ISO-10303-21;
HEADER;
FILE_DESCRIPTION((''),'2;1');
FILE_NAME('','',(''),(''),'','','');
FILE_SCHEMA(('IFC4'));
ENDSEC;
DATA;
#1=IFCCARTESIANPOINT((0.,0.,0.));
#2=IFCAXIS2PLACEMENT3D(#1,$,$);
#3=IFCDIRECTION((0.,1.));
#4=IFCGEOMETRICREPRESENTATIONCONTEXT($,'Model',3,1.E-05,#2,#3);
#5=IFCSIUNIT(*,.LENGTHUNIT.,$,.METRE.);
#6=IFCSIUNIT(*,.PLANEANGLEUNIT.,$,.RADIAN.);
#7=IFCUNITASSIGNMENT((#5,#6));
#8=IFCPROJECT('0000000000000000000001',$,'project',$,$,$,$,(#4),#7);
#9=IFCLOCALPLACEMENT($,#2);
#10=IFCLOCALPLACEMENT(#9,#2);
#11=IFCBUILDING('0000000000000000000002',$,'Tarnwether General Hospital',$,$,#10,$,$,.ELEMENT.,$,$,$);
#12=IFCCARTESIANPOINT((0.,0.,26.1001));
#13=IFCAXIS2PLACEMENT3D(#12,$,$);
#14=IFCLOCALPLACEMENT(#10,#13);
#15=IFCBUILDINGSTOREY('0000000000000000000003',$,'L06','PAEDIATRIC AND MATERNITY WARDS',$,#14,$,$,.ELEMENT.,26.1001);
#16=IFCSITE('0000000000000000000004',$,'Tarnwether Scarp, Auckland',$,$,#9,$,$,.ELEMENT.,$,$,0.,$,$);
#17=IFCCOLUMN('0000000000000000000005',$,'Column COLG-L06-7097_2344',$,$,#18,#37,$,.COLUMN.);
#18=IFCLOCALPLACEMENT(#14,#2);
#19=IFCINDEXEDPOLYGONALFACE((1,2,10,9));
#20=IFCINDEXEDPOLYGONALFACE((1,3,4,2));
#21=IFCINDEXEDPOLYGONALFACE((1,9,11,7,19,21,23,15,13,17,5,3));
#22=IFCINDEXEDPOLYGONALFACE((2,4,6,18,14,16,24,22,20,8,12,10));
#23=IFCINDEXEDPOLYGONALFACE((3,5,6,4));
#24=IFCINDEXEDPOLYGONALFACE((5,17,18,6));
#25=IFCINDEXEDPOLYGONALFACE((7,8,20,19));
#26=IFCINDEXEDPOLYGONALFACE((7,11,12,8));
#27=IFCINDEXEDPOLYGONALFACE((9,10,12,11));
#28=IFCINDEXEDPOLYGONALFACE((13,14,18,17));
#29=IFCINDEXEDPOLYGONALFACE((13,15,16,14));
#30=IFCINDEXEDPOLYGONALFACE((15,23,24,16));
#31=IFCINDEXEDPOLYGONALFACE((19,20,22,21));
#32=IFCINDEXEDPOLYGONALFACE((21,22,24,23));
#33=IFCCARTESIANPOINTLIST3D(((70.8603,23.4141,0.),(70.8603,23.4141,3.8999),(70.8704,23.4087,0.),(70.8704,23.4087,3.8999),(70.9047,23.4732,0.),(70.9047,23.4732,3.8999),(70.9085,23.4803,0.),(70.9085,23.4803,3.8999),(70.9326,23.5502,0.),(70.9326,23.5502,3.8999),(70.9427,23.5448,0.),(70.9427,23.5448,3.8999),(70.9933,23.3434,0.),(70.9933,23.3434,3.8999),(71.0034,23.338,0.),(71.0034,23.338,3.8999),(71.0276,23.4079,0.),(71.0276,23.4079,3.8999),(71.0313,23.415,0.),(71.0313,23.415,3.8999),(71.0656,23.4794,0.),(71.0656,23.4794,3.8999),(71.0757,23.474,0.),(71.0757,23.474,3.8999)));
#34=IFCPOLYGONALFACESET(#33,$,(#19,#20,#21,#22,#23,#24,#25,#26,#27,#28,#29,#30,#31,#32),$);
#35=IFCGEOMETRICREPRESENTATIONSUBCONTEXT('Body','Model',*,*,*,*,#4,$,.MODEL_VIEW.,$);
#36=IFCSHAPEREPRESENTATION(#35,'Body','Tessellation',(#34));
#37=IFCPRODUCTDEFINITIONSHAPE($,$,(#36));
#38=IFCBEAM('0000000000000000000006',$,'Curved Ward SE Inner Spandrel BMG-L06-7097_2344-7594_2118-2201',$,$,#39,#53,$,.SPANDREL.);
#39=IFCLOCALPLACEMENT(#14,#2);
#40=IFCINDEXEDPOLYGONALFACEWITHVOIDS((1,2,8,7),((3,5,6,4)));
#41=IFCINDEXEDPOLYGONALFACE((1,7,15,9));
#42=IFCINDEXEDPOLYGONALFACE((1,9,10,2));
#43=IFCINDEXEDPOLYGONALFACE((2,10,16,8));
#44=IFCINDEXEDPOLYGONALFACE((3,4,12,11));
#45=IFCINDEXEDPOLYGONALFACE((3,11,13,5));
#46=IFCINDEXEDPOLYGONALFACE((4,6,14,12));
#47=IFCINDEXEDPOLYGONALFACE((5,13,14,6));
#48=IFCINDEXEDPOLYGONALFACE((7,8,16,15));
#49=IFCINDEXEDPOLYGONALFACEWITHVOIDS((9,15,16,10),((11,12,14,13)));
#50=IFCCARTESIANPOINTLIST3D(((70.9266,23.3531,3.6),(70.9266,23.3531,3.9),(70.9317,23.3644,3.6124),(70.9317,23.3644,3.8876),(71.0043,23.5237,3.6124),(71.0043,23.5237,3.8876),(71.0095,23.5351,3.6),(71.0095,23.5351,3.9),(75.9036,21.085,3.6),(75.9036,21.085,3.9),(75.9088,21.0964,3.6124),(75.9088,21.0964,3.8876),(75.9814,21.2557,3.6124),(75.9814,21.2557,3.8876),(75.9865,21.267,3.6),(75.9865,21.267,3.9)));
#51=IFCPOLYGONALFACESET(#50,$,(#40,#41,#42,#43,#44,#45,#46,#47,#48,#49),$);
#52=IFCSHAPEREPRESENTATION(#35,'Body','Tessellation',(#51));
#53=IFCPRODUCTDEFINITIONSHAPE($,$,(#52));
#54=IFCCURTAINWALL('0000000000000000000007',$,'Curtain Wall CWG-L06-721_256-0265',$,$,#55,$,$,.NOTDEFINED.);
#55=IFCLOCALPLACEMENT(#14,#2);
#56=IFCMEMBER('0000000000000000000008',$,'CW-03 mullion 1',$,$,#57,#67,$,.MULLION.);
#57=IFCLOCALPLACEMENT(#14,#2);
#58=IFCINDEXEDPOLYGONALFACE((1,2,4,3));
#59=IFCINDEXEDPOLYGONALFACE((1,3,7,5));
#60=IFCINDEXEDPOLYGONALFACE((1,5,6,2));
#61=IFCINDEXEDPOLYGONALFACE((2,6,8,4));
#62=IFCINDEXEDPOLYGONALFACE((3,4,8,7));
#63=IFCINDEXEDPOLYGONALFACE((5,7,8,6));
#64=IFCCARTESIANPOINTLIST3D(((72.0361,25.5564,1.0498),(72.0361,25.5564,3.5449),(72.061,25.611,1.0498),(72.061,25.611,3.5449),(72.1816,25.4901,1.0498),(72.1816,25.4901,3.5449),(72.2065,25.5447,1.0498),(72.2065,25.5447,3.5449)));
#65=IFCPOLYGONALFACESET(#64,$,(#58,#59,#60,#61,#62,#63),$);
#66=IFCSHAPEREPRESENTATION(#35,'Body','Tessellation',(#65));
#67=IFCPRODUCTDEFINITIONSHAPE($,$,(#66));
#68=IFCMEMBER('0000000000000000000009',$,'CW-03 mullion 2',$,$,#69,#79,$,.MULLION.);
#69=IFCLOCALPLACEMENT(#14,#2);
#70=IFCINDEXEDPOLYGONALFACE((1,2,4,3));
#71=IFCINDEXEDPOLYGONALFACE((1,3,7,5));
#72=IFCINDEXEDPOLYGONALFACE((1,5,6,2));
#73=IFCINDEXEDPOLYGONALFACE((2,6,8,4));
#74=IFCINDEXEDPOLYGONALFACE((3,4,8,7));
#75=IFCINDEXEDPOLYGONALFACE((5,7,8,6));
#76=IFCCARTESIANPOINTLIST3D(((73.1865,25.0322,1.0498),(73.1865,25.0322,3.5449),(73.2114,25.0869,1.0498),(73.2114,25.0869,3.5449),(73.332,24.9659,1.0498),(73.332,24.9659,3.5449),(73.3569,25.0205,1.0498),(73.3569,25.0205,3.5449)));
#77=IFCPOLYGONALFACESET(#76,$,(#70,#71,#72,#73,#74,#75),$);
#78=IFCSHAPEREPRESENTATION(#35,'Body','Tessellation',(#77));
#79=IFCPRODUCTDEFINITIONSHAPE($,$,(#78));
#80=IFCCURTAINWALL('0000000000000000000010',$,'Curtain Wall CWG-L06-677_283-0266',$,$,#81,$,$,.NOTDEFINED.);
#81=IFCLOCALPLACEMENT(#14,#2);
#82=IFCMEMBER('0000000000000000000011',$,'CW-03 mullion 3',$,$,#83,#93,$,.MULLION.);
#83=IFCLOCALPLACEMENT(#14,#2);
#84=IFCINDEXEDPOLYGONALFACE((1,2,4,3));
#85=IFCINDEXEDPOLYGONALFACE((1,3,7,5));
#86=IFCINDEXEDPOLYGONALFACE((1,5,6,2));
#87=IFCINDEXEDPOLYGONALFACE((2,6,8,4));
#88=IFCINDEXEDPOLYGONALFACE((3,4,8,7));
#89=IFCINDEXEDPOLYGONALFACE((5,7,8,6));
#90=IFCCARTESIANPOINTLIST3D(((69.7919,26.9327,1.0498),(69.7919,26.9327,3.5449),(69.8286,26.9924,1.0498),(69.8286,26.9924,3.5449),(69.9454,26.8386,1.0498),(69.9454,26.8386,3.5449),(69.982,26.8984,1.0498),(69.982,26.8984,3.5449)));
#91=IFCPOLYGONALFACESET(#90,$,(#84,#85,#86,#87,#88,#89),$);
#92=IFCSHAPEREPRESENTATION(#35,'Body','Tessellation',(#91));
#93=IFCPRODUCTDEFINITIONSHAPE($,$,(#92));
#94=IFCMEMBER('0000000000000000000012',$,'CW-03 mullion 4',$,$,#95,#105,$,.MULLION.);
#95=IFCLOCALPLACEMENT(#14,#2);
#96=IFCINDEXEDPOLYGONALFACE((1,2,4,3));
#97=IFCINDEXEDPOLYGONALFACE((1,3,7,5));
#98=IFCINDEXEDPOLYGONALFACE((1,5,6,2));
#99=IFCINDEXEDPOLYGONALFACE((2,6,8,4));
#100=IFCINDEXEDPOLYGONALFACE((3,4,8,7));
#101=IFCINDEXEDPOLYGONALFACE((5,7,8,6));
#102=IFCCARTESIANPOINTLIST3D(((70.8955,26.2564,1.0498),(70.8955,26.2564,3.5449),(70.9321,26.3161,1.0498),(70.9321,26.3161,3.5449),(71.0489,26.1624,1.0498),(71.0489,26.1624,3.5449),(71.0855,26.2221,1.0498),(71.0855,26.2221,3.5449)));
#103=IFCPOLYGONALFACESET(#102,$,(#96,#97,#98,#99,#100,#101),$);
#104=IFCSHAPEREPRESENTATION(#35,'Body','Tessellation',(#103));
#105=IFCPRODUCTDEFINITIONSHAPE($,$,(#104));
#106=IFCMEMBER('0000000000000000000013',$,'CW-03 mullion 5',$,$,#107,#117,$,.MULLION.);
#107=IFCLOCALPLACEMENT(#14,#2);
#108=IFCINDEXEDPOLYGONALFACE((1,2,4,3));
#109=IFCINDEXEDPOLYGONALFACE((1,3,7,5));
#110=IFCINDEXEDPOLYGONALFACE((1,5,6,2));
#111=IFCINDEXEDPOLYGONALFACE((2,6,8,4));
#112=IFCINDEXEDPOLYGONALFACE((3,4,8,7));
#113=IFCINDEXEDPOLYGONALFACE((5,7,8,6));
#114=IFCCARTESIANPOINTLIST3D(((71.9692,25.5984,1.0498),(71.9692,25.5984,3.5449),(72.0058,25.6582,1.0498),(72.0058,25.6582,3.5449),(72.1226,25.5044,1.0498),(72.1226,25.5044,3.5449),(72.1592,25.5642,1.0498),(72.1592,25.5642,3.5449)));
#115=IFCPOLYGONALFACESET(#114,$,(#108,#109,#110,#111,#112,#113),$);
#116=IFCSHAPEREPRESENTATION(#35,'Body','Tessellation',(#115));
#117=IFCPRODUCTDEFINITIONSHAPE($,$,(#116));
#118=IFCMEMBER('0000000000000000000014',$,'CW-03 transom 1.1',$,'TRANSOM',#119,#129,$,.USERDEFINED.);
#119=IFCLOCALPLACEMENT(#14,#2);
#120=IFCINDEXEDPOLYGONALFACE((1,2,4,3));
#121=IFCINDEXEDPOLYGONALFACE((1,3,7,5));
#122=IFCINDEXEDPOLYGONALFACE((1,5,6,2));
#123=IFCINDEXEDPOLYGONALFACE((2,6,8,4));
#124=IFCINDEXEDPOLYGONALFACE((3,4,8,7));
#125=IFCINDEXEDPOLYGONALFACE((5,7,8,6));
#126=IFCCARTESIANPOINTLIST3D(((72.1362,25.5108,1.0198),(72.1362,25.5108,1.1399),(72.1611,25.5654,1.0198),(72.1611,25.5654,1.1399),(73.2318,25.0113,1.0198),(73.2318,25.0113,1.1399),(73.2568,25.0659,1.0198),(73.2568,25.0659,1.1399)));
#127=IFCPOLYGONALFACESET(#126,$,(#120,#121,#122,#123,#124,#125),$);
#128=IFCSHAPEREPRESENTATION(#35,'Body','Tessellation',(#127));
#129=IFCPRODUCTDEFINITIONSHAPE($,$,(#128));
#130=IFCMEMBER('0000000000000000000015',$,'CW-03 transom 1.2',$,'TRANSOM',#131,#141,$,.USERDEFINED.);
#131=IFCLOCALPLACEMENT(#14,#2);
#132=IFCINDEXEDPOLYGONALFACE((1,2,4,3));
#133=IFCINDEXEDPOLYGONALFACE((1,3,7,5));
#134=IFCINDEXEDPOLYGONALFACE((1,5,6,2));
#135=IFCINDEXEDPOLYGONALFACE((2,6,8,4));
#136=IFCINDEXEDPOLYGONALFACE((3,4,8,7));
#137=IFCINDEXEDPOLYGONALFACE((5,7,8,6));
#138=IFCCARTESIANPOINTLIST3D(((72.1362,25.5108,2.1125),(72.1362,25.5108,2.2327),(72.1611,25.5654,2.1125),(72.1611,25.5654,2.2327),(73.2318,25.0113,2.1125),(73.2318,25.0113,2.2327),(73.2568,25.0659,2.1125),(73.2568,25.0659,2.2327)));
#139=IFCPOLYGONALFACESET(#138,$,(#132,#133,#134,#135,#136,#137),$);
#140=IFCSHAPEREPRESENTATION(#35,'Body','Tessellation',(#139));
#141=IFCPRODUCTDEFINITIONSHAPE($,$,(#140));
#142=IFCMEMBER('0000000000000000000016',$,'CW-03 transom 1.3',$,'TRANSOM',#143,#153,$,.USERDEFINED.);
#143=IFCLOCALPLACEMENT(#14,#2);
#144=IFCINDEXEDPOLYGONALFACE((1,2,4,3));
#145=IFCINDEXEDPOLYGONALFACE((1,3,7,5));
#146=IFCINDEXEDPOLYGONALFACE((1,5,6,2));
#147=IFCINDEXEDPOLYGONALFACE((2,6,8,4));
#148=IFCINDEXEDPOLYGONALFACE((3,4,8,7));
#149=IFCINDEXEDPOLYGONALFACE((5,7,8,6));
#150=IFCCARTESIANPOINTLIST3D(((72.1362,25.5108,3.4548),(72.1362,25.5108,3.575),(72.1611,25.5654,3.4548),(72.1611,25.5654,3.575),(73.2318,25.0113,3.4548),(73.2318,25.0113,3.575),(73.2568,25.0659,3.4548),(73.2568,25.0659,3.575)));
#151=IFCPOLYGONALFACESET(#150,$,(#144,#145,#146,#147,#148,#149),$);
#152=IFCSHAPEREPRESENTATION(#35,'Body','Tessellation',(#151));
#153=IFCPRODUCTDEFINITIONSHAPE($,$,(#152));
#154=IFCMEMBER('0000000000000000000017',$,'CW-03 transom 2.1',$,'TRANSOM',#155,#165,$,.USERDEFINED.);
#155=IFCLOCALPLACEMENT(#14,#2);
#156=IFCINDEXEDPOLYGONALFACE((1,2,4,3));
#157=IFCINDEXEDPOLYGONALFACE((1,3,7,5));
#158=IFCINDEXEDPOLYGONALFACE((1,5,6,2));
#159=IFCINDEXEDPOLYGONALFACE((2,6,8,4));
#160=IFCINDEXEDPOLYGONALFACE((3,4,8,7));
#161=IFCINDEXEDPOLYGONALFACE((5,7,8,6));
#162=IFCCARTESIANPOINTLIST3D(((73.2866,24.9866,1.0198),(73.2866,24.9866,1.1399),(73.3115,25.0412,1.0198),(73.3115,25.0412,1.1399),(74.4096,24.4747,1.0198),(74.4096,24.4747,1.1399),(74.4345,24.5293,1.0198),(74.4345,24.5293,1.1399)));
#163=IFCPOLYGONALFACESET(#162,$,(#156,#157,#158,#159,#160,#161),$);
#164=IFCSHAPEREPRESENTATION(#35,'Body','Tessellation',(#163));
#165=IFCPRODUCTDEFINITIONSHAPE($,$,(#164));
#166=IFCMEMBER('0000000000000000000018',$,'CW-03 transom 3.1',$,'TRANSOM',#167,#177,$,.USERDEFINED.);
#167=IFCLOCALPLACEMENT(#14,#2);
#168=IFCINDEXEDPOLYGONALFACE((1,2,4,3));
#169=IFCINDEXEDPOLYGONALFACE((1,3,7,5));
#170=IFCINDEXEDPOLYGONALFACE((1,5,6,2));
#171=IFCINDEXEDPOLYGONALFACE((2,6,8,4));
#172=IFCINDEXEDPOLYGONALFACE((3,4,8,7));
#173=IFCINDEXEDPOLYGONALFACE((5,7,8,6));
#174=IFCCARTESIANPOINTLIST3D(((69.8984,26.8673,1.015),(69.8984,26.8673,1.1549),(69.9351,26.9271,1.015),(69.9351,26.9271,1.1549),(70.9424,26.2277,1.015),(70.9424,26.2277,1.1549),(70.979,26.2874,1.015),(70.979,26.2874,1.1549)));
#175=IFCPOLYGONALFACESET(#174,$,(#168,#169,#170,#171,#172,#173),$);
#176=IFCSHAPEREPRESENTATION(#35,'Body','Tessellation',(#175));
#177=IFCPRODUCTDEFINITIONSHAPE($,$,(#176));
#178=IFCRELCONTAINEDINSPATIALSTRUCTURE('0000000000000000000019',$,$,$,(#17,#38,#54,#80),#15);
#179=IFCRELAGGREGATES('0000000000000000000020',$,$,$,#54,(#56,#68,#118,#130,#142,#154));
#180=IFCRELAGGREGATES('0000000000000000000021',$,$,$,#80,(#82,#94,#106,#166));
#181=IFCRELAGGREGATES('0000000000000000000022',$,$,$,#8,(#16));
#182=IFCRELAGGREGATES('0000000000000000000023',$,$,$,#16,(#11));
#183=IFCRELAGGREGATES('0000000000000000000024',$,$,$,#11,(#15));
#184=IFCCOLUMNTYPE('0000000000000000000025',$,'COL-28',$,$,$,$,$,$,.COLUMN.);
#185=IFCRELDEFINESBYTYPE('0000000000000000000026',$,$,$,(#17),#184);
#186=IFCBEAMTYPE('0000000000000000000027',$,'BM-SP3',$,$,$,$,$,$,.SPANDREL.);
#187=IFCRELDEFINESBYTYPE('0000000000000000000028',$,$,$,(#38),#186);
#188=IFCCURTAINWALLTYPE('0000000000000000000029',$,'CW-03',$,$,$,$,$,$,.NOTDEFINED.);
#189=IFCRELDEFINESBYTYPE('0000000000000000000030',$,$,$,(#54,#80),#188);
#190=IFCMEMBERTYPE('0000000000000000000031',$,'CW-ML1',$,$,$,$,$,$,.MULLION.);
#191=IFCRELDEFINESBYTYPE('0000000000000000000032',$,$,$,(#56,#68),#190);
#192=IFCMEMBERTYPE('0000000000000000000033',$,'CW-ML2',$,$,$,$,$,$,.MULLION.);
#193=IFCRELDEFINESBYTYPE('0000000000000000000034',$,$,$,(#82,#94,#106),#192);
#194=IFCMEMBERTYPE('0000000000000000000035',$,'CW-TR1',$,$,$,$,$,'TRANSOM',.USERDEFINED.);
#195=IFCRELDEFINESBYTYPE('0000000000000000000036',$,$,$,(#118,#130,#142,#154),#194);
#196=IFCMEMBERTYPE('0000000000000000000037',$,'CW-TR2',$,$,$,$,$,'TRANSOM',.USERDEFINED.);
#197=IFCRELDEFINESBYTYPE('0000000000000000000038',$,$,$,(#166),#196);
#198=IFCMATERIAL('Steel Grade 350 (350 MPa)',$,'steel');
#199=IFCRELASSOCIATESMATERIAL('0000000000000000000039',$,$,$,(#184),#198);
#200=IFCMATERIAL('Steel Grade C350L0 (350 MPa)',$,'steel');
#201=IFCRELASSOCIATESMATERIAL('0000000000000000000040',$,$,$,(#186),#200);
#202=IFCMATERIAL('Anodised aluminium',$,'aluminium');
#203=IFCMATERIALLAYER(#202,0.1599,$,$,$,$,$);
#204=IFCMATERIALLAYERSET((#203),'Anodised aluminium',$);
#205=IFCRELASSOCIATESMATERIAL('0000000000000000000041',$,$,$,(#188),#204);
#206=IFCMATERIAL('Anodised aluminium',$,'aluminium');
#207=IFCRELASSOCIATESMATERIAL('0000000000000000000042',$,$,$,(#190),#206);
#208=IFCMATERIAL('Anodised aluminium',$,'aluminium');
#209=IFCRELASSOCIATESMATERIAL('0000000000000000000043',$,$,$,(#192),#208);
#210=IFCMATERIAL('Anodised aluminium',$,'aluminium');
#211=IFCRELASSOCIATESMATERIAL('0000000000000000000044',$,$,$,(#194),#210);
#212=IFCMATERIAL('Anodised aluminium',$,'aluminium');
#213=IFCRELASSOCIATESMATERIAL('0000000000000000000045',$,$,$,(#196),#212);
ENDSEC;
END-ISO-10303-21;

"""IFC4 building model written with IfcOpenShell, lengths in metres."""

from ifc_helpers import new_model, si_unit, direction, frame, origin, origin_2d, place, context, subcontext, project, spatial, rectangle, hollow_rectangle, i_section, extrude, material, layer, layer_set, material_profile, profile_set, type_object, element, aggregate, save


model = new_model("IFC4")

# Units and contexts
model_context = context("Model", 3, precision=1e-05, world=origin(), true_north=direction((0.0, 1.0)))
body_context = subcontext(model_context, "Body", "Model", "MODEL_VIEW")
ifc_project = project(units=[si_unit("LENGTHUNIT", "METRE"), si_unit("PLANEANGLEUNIT", "RADIAN")], contexts=[model_context])

# Site, building, storey
site_placement = place(None, origin())
site = spatial("IfcSite", under=ifc_project, at=site_placement, Name="Tarnwether Scarp, Auckland", CompositionType="ELEMENT", RefElevation=0.0)
building_placement = place(site_placement, origin())
building = spatial("IfcBuilding", under=site, at=building_placement, Name="Tarnwether General Hospital", CompositionType="ELEMENT")
storey_placement = place(building_placement, frame((0.0, 0.0, 26.1001)))
storey = spatial("IfcBuildingStorey", under=building, at=storey_placement, Name="L06", Description="PAEDIATRIC AND MATERNITY WARDS", CompositionType="ELEMENT", Elevation=26.1001)

# Column
ifc_material_1 = material(Name="Steel Grade 350 (350 MPa)", Category="steel")
ifc_material_profile_1 = material_profile(ifc_material_1, i_section(OverallWidth=0.1541, OverallDepth=0.1621, WebThickness=0.0081, FlangeThickness=0.0115, at=origin_2d()), Name="150UC37.2")
ifc_profile_set_1 = profile_set([ifc_material_profile_1], Name="Steel Grade 350 (350 MPa)")
column_type = type_object("IfcColumnType", Name="COL-28", PredefinedType="COLUMN", material=ifc_profile_set_1)
column_placement = place(storey_placement, frame((70.968, 23.4441, 0.0), z_axis=(0.0, 0.0, 1.0), x_axis=(0.469472, 0.882948, 0.0)))
element("IfcColumn", 1, at=column_placement, inside=storey, type_object=column_type, Name="Column COLG-L06-7097_2344", PredefinedType="COLUMN", context=body_context, shape_type="SweptSolid", body=[
    extrude(i_section(OverallWidth=0.1541, OverallDepth=0.1621, WebThickness=0.0081, FlangeThickness=0.0115, at=origin_2d()), origin(), (0.0, 0.0, 1.0), 3.8999),
])

# Beam
ifc_material_2 = material(Name="Steel Grade C350L0 (350 MPa)", Category="steel")
ifc_material_profile_2 = material_profile(ifc_material_2, hollow_rectangle(XDim=0.2, YDim=0.3, WallThickness=0.0125, at=origin_2d()), Name="RHS300x200x12.5")
ifc_profile_set_2 = profile_set([ifc_material_profile_2], Name="Steel Grade C350L0 (350 MPa)")
beam_type = type_object("IfcBeamType", Name="BM-SP3", PredefinedType="SPANDREL", material=ifc_profile_set_2)
beam_placement = place(storey_placement, frame((70.968, 23.4441, 3.75), z_axis=(0.909969, -0.414677, 0.0), x_axis=(0.414677, 0.909969, 0.0)))
element("IfcBeam", 2, at=beam_placement, inside=storey, type_object=beam_type, Name="Curved Ward SE Inner Spandrel BMG-L06-7097_2344-7594_2118-2201", PredefinedType="SPANDREL", context=body_context, shape_type="SweptSolid", body=[
    extrude(hollow_rectangle(XDim=0.2, YDim=0.3, WallThickness=0.0125, at=origin_2d()), origin(), (0.0, 0.0, 1.0), 5.4695),
])

# Curtain walls, members
ifc_material_3 = material(Name="Anodised aluminium", Category="aluminium")
ifc_layer_1 = layer(ifc_material_3, 0.1599)
ifc_layer_set_1 = layer_set([ifc_layer_1], Name="Anodised aluminium")
curtain_wall_type = type_object("IfcCurtainWallType", Name="CW-03", PredefinedType="NOTDEFINED", material=ifc_layer_set_1)
curtain_wall_1_placement = place(storey_placement, origin())
curtain_wall_1 = element("IfcCurtainWall", 3, at=curtain_wall_1_placement, inside=storey, type_object=curtain_wall_type, Name="Curtain Wall CWG-L06-721_256-0265", PredefinedType="NOTDEFINED")
ifc_material_4 = material(Name="Anodised aluminium", Category="aluminium")
ifc_material_profile_3 = material_profile(ifc_material_4, rectangle(XDim=0.0601, YDim=0.1599, at=origin_2d()), Name="ALU-MUL-60x160")
ifc_profile_set_3 = profile_set([ifc_material_profile_3], Name="Anodised aluminium")
member_type_1 = type_object("IfcMemberType", Name="CW-ML1", PredefinedType="MULLION", material=ifc_profile_set_3)
member_1_placement = place(storey_placement, frame((72.1213, 25.5505, 1.0498), z_axis=(0.0, 0.0, 1.0), x_axis=(0.414705, 0.909956, 0.0)))
member_1 = element("IfcMember", 4, at=member_1_placement, type_object=member_type_1, Name="CW-03 mullion 1", PredefinedType="MULLION", context=body_context, shape_type="SweptSolid", body=[
    extrude(rectangle(XDim=0.0601, YDim=0.1599, at=origin_2d()), origin(), (0.0, 0.0, 1.0), 2.4951),
])
member_2_placement = place(storey_placement, frame((73.2717, 25.0264, 1.0498), z_axis=(0.0, 0.0, 1.0), x_axis=(0.414705, 0.909956, 0.0)))
member_2 = element("IfcMember", 5, at=member_2_placement, type_object=member_type_1, Name="CW-03 mullion 2", PredefinedType="MULLION", context=body_context, shape_type="SweptSolid", body=[
    extrude(rectangle(XDim=0.0601, YDim=0.1599, at=origin_2d()), origin(), (0.0, 0.0, 1.0), 2.4951),
])
curtain_wall_2_placement = place(storey_placement, origin())
curtain_wall_2 = element("IfcCurtainWall", 6, at=curtain_wall_2_placement, inside=storey, type_object=curtain_wall_type, Name="Curtain Wall CWG-L06-677_283-0266", PredefinedType="NOTDEFINED")
ifc_material_5 = material(Name="Anodised aluminium", Category="aluminium")
ifc_material_profile_4 = material_profile(ifc_material_5, rectangle(XDim=0.0701, YDim=0.1799, at=origin_2d()), Name="ALU-MUL-70x180")
ifc_profile_set_4 = profile_set([ifc_material_profile_4], Name="Anodised aluminium")
member_type_2 = type_object("IfcMemberType", Name="CW-ML2", PredefinedType="MULLION", material=ifc_profile_set_4)
member_3_placement = place(storey_placement, frame((69.887, 26.9155, 1.0498), z_axis=(0.0, 0.0, 1.0), x_axis=(0.522512, 0.852632, 0.0)))
member_3 = element("IfcMember", 7, at=member_3_placement, type_object=member_type_2, Name="CW-03 mullion 3", PredefinedType="MULLION", context=body_context, shape_type="SweptSolid", body=[
    extrude(rectangle(XDim=0.0701, YDim=0.1799, at=origin_2d()), origin(), (0.0, 0.0, 1.0), 2.4951),
])
member_4_placement = place(storey_placement, frame((70.9905, 26.2393, 1.0498), z_axis=(0.0, 0.0, 1.0), x_axis=(0.522512, 0.852632, 0.0)))
member_4 = element("IfcMember", 8, at=member_4_placement, type_object=member_type_2, Name="CW-03 mullion 4", PredefinedType="MULLION", context=body_context, shape_type="SweptSolid", body=[
    extrude(rectangle(XDim=0.0701, YDim=0.1799, at=origin_2d()), origin(), (0.0, 0.0, 1.0), 2.4951),
])
member_5_placement = place(storey_placement, frame((72.0642, 25.5813, 1.0498), z_axis=(0.0, 0.0, 1.0), x_axis=(0.522512, 0.852632, 0.0)))
member_5 = element("IfcMember", 9, at=member_5_placement, type_object=member_type_2, Name="CW-03 mullion 5", PredefinedType="MULLION", context=body_context, shape_type="SweptSolid", body=[
    extrude(rectangle(XDim=0.0701, YDim=0.1799, at=origin_2d()), origin(), (0.0, 0.0, 1.0), 2.4951),
])

# Members
ifc_material_6 = material(Name="Anodised aluminium", Category="aluminium")
ifc_material_profile_5 = material_profile(ifc_material_6, rectangle(XDim=0.0601, YDim=0.1201, at=origin_2d()), Name="ALU-TRN-60x120")
ifc_profile_set_5 = profile_set([ifc_material_profile_5], Name="Anodised aluminium")
member_type_3 = type_object("IfcMemberType", Name="CW-TR1", ElementType="TRANSOM", PredefinedType="USERDEFINED", material=ifc_profile_set_5)
member_6_placement = place(storey_placement, frame((72.1487, 25.5381, 1.0798), z_axis=(0.909908, -0.414811, 0.0), x_axis=(0.414811, 0.909908, 0.0)))
member_6 = element("IfcMember", 10, at=member_6_placement, type_object=member_type_3, Name="CW-03 transom 1.1", ObjectType="TRANSOM", PredefinedType="USERDEFINED", context=body_context, shape_type="SweptSolid", body=[
    extrude(rectangle(XDim=0.0601, YDim=0.1201, at=origin_2d()), origin(), (0.0, 0.0, 1.0), 1.2041),
])
member_7_placement = place(storey_placement, frame((72.1487, 25.5381, 2.1726), z_axis=(0.909908, -0.414811, 0.0), x_axis=(0.414811, 0.909908, 0.0)))
member_7 = element("IfcMember", 11, at=member_7_placement, type_object=member_type_3, Name="CW-03 transom 1.2", ObjectType="TRANSOM", PredefinedType="USERDEFINED", context=body_context, shape_type="SweptSolid", body=[
    extrude(rectangle(XDim=0.0601, YDim=0.1201, at=origin_2d()), origin(), (0.0, 0.0, 1.0), 1.2041),
])
member_8_placement = place(storey_placement, frame((72.1487, 25.5381, 3.5149), z_axis=(0.909908, -0.414811, 0.0), x_axis=(0.414811, 0.909908, 0.0)))
member_8 = element("IfcMember", 12, at=member_8_placement, type_object=member_type_3, Name="CW-03 transom 1.3", ObjectType="TRANSOM", PredefinedType="USERDEFINED", context=body_context, shape_type="SweptSolid", body=[
    extrude(rectangle(XDim=0.0601, YDim=0.1201, at=origin_2d()), origin(), (0.0, 0.0, 1.0), 1.2041),
])
member_9_placement = place(storey_placement, frame((73.2991, 25.0139, 1.0798), z_axis=(0.909912, -0.414801, 0.0), x_axis=(0.414801, 0.909912, 0.0)))
member_9 = element("IfcMember", 13, at=member_9_placement, type_object=member_type_3, Name="CW-03 transom 2.1", ObjectType="TRANSOM", PredefinedType="USERDEFINED", context=body_context, shape_type="SweptSolid", body=[
    extrude(rectangle(XDim=0.0601, YDim=0.1201, at=origin_2d()), origin(), (0.0, 0.0, 1.0), 1.2341),
])
ifc_material_7 = material(Name="Anodised aluminium", Category="aluminium")
ifc_material_profile_6 = material_profile(ifc_material_7, rectangle(XDim=0.0701, YDim=0.1399, at=origin_2d()), Name="ALU-TRN-70x140")
ifc_profile_set_6 = profile_set([ifc_material_profile_6], Name="Anodised aluminium")
member_type_4 = type_object("IfcMemberType", Name="CW-TR2", ElementType="TRANSOM", PredefinedType="USERDEFINED", material=ifc_profile_set_6)
member_10_placement = place(storey_placement, frame((69.9167, 26.8972, 1.085), z_axis=(0.85267, -0.52245, 0.0), x_axis=(0.52245, 0.85267, 0.0)))
member_10 = element("IfcMember", 14, at=member_10_placement, type_object=member_type_4, Name="CW-03 transom 3.1", ObjectType="TRANSOM", PredefinedType="USERDEFINED", context=body_context, shape_type="SweptSolid", body=[
    extrude(rectangle(XDim=0.0701, YDim=0.1399, at=origin_2d()), origin(), (0.0, 0.0, 1.0), 1.2244),
])

aggregate(curtain_wall_1, [member_1, member_2, member_6, member_7, member_8, member_9])
aggregate(curtain_wall_2, [member_3, member_4, member_5, member_10])

save(model, "model.ifc")
